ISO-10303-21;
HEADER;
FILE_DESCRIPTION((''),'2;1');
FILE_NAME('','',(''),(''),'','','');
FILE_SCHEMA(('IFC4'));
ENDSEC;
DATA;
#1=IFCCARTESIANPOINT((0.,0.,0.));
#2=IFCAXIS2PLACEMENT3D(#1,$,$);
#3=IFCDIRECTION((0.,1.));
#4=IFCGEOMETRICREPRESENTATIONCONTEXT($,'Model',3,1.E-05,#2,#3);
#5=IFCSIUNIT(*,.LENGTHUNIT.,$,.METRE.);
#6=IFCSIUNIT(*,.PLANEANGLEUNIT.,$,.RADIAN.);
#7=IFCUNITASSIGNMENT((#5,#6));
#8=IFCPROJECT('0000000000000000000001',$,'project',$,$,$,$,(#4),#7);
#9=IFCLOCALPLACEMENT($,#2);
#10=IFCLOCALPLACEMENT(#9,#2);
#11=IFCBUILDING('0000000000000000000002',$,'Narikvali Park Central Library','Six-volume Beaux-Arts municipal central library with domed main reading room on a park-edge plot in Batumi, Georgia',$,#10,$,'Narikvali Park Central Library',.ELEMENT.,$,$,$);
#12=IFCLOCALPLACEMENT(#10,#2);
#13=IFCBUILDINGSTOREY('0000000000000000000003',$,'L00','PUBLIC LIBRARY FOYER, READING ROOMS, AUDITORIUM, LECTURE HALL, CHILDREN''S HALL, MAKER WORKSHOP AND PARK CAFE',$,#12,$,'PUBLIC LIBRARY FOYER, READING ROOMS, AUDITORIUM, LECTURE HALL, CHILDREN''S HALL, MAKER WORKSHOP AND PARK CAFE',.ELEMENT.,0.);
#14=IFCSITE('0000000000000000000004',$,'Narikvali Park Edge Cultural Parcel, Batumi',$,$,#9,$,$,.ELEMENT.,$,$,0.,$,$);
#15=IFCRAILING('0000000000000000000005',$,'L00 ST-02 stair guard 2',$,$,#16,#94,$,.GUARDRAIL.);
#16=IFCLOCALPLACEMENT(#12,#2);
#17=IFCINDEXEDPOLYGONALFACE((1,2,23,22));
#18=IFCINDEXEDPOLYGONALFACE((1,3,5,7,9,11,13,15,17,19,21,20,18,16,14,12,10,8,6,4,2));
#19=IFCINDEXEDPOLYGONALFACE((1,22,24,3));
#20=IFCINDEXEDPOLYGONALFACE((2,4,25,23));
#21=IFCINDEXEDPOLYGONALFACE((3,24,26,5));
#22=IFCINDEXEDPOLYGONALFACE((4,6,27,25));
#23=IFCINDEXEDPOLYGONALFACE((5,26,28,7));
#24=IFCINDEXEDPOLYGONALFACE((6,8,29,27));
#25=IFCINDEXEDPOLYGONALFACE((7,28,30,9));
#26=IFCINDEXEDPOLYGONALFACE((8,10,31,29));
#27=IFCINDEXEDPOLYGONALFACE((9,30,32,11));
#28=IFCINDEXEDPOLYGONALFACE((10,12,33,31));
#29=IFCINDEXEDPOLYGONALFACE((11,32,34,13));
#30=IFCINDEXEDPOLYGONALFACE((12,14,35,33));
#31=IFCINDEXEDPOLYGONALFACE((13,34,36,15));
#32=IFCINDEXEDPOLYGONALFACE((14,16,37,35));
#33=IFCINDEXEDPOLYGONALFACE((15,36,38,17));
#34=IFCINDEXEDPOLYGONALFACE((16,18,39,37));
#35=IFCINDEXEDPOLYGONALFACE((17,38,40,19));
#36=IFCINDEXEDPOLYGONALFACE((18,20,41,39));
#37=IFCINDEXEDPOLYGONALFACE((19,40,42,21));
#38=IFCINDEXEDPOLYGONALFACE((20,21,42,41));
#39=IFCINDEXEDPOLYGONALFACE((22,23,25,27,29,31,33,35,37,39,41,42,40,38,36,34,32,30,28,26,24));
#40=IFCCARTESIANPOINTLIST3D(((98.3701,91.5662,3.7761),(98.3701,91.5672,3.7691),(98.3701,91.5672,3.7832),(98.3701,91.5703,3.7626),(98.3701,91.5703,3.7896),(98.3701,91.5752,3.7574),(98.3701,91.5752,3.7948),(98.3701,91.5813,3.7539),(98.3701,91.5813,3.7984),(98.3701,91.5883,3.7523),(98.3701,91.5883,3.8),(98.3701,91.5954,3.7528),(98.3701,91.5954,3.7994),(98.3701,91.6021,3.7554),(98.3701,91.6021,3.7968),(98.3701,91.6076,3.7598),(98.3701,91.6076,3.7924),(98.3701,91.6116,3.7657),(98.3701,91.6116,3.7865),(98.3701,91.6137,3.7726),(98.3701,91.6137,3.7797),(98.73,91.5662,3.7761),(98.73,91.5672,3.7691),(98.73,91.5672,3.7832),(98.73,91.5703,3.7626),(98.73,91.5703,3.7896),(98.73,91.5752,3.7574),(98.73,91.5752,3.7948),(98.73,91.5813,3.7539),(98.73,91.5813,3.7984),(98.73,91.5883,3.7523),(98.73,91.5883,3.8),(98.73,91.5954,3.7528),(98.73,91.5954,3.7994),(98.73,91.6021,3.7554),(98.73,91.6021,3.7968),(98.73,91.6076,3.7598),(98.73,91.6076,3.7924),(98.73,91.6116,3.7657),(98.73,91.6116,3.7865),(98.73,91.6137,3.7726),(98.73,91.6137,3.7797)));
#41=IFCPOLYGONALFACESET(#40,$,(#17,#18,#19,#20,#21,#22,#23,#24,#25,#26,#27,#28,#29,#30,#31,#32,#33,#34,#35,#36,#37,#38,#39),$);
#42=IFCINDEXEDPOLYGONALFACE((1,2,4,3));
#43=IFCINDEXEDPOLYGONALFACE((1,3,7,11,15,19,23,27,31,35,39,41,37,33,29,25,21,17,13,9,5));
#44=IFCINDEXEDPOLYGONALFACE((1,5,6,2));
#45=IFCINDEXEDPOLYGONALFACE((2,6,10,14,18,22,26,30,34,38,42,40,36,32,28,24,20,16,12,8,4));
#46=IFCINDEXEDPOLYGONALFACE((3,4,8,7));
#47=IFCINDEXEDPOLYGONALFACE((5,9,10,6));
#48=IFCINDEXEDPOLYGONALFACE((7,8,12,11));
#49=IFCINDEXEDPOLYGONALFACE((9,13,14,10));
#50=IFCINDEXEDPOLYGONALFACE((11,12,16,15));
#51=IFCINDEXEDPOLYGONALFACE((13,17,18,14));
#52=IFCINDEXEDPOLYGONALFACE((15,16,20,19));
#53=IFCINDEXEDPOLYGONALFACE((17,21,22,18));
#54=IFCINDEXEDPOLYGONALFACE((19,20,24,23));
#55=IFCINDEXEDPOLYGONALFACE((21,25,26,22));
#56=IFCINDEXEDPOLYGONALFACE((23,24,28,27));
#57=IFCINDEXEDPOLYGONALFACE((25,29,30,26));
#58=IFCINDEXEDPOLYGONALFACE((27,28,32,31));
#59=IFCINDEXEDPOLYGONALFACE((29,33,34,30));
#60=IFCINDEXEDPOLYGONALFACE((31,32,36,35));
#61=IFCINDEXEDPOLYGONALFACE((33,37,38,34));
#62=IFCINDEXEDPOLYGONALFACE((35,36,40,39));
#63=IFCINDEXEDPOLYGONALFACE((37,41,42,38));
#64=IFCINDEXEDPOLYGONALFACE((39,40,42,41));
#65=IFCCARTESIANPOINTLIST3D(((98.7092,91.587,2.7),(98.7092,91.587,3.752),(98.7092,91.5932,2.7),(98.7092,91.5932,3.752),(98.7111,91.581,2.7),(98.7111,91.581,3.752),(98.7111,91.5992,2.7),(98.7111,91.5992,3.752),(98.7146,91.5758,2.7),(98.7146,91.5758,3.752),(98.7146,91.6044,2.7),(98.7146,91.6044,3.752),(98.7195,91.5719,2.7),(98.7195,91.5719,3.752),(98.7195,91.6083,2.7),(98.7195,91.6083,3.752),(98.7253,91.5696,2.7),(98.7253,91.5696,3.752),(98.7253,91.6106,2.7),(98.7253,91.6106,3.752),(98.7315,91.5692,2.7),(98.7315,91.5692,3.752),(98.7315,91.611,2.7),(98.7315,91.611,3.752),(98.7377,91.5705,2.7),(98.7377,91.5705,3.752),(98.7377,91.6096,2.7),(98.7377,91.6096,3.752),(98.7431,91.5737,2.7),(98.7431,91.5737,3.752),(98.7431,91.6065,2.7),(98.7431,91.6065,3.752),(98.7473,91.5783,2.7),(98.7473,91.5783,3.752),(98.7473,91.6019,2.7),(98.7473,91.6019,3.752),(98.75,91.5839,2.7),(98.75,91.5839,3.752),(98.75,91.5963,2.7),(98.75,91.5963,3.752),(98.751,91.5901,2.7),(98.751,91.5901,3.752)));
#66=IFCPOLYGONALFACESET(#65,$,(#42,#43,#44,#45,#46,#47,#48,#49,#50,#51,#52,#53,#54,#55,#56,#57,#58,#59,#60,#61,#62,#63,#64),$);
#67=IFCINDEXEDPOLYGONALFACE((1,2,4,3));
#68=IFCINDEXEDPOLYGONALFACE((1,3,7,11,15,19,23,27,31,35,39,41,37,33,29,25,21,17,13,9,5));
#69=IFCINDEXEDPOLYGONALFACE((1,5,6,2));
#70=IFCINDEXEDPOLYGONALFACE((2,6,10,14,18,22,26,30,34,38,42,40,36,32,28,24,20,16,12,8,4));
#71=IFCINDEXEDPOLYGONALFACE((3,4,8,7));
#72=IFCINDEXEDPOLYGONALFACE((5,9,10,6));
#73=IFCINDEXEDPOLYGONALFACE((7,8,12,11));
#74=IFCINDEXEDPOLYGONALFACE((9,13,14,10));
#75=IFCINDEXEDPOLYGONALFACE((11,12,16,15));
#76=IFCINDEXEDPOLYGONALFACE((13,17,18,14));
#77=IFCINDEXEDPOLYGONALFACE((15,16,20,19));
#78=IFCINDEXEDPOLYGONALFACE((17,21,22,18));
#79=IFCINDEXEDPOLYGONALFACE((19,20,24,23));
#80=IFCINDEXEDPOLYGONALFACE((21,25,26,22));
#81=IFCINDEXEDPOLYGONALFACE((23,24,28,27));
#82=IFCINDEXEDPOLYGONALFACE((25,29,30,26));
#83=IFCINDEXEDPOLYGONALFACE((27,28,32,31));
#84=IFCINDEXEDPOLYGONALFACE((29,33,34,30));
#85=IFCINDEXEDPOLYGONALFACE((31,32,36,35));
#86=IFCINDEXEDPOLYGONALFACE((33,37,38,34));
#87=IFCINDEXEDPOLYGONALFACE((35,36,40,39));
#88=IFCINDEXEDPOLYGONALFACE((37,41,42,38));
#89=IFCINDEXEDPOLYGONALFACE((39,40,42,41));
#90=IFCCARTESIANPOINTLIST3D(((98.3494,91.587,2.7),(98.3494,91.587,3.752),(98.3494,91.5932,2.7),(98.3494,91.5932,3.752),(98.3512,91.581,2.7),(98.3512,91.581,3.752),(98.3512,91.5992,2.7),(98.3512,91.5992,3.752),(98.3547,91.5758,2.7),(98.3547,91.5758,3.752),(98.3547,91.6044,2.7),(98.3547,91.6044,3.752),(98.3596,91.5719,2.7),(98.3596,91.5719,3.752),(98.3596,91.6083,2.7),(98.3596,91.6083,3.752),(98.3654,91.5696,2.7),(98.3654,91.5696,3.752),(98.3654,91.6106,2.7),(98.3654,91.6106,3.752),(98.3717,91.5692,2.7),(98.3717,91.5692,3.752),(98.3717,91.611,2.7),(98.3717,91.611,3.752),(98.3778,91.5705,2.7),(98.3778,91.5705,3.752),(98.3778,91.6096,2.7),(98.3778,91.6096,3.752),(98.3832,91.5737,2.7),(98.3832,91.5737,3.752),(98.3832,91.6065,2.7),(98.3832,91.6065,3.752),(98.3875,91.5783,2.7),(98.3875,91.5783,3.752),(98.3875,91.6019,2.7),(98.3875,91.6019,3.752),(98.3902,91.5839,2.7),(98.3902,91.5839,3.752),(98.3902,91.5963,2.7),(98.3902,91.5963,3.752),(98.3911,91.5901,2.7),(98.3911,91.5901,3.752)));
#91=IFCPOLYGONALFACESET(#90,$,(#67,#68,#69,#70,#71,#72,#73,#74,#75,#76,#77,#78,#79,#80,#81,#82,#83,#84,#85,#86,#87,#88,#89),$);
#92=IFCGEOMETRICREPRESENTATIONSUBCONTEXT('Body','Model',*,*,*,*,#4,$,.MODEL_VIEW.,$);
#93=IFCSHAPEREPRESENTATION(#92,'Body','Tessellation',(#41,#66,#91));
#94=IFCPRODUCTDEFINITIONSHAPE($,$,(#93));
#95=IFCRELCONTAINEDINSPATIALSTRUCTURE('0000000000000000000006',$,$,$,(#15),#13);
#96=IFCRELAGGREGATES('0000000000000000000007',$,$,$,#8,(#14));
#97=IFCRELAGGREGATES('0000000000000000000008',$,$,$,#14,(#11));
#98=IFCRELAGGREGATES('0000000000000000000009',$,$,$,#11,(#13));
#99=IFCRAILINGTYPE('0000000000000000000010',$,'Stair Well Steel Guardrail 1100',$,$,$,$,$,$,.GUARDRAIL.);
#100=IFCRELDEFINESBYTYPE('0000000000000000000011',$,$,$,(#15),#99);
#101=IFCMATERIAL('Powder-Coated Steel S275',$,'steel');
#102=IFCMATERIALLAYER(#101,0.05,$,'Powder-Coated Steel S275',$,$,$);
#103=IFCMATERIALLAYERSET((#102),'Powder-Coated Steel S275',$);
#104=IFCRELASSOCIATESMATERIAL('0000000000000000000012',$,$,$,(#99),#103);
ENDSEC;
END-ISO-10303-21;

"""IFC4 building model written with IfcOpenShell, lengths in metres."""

from ifc_helpers import new_model, si_unit, direction, frame, origin, origin_2d, place, context, subcontext, project, spatial, circle, extrude, material, layer, layer_set, type_object, element, save


model = new_model("IFC4")

# Units and contexts
model_context = context("Model", 3, precision=1e-05, world=origin(), true_north=direction((0.0, 1.0)))
body_context = subcontext(model_context, "Body", "Model", "MODEL_VIEW")
ifc_project = project(units=[si_unit("LENGTHUNIT", "METRE"), si_unit("PLANEANGLEUNIT", "RADIAN")], contexts=[model_context])

# Site, building, storey
site_placement = place(None, origin())
site = spatial("IfcSite", under=ifc_project, at=site_placement, Name="Narikvali Park Edge Cultural Parcel, Batumi", CompositionType="ELEMENT", RefElevation=0.0)
building_placement = place(site_placement, origin())
building = spatial("IfcBuilding", under=site, at=building_placement, Name="Narikvali Park Central Library", Description="Six-volume Beaux-Arts municipal central library with domed main reading room on a park-edge plot in Batumi, Georgia", LongName="Narikvali Park Central Library", CompositionType="ELEMENT")
storey_placement = place(building_placement, origin())
storey = spatial("IfcBuildingStorey", under=building, at=storey_placement, Name="L00", Description="PUBLIC LIBRARY FOYER, READING ROOMS, AUDITORIUM, LECTURE HALL, CHILDREN'S HALL, MAKER WORKSHOP AND PARK CAFE", LongName="PUBLIC LIBRARY FOYER, READING ROOMS, AUDITORIUM, LECTURE HALL, CHILDREN'S HALL, MAKER WORKSHOP AND PARK CAFE", CompositionType="ELEMENT", Elevation=0.0)

# Railing
ifc_material_1 = material(Name="Powder-Coated Steel S275", Category="steel")
ifc_layer_1 = layer(ifc_material_1, 0.05, Name="Powder-Coated Steel S275")
ifc_layer_set_1 = layer_set([ifc_layer_1], Name="Powder-Coated Steel S275")
railing_type_1 = type_object("IfcRailingType", Name="Stair Well Steel Guardrail 1100", PredefinedType="GUARDRAIL", material=ifc_layer_set_1)
railing_1_placement = place(storey_placement, frame((98.73, 91.5901, 2.7)))
element("IfcRailing", 1, at=railing_1_placement, inside=storey, type_object=railing_type_1, Name="L00 ST-02 stair guard 2", PredefinedType="GUARDRAIL", context=body_context, shape_type="SweptSolid", body=[
    extrude(circle(Radius=0.0239, at=origin_2d()), frame((0.0, 0.0, 1.0762), z_axis=(-1.0, 0.0, 0.0), x_axis=(0.0, -1.0, 0.0)), (0.0, 0.0, 1.0), 0.3599),
    extrude(circle(Radius=0.021, at=origin_2d()), origin(), (0.0, 0.0, 1.0), 1.052),
    extrude(circle(Radius=0.021, at=origin_2d()), frame((-0.3599, 0.0, 0.0)), (0.0, 0.0, 1.0), 1.052),
])

save(model, "model.ifc")
